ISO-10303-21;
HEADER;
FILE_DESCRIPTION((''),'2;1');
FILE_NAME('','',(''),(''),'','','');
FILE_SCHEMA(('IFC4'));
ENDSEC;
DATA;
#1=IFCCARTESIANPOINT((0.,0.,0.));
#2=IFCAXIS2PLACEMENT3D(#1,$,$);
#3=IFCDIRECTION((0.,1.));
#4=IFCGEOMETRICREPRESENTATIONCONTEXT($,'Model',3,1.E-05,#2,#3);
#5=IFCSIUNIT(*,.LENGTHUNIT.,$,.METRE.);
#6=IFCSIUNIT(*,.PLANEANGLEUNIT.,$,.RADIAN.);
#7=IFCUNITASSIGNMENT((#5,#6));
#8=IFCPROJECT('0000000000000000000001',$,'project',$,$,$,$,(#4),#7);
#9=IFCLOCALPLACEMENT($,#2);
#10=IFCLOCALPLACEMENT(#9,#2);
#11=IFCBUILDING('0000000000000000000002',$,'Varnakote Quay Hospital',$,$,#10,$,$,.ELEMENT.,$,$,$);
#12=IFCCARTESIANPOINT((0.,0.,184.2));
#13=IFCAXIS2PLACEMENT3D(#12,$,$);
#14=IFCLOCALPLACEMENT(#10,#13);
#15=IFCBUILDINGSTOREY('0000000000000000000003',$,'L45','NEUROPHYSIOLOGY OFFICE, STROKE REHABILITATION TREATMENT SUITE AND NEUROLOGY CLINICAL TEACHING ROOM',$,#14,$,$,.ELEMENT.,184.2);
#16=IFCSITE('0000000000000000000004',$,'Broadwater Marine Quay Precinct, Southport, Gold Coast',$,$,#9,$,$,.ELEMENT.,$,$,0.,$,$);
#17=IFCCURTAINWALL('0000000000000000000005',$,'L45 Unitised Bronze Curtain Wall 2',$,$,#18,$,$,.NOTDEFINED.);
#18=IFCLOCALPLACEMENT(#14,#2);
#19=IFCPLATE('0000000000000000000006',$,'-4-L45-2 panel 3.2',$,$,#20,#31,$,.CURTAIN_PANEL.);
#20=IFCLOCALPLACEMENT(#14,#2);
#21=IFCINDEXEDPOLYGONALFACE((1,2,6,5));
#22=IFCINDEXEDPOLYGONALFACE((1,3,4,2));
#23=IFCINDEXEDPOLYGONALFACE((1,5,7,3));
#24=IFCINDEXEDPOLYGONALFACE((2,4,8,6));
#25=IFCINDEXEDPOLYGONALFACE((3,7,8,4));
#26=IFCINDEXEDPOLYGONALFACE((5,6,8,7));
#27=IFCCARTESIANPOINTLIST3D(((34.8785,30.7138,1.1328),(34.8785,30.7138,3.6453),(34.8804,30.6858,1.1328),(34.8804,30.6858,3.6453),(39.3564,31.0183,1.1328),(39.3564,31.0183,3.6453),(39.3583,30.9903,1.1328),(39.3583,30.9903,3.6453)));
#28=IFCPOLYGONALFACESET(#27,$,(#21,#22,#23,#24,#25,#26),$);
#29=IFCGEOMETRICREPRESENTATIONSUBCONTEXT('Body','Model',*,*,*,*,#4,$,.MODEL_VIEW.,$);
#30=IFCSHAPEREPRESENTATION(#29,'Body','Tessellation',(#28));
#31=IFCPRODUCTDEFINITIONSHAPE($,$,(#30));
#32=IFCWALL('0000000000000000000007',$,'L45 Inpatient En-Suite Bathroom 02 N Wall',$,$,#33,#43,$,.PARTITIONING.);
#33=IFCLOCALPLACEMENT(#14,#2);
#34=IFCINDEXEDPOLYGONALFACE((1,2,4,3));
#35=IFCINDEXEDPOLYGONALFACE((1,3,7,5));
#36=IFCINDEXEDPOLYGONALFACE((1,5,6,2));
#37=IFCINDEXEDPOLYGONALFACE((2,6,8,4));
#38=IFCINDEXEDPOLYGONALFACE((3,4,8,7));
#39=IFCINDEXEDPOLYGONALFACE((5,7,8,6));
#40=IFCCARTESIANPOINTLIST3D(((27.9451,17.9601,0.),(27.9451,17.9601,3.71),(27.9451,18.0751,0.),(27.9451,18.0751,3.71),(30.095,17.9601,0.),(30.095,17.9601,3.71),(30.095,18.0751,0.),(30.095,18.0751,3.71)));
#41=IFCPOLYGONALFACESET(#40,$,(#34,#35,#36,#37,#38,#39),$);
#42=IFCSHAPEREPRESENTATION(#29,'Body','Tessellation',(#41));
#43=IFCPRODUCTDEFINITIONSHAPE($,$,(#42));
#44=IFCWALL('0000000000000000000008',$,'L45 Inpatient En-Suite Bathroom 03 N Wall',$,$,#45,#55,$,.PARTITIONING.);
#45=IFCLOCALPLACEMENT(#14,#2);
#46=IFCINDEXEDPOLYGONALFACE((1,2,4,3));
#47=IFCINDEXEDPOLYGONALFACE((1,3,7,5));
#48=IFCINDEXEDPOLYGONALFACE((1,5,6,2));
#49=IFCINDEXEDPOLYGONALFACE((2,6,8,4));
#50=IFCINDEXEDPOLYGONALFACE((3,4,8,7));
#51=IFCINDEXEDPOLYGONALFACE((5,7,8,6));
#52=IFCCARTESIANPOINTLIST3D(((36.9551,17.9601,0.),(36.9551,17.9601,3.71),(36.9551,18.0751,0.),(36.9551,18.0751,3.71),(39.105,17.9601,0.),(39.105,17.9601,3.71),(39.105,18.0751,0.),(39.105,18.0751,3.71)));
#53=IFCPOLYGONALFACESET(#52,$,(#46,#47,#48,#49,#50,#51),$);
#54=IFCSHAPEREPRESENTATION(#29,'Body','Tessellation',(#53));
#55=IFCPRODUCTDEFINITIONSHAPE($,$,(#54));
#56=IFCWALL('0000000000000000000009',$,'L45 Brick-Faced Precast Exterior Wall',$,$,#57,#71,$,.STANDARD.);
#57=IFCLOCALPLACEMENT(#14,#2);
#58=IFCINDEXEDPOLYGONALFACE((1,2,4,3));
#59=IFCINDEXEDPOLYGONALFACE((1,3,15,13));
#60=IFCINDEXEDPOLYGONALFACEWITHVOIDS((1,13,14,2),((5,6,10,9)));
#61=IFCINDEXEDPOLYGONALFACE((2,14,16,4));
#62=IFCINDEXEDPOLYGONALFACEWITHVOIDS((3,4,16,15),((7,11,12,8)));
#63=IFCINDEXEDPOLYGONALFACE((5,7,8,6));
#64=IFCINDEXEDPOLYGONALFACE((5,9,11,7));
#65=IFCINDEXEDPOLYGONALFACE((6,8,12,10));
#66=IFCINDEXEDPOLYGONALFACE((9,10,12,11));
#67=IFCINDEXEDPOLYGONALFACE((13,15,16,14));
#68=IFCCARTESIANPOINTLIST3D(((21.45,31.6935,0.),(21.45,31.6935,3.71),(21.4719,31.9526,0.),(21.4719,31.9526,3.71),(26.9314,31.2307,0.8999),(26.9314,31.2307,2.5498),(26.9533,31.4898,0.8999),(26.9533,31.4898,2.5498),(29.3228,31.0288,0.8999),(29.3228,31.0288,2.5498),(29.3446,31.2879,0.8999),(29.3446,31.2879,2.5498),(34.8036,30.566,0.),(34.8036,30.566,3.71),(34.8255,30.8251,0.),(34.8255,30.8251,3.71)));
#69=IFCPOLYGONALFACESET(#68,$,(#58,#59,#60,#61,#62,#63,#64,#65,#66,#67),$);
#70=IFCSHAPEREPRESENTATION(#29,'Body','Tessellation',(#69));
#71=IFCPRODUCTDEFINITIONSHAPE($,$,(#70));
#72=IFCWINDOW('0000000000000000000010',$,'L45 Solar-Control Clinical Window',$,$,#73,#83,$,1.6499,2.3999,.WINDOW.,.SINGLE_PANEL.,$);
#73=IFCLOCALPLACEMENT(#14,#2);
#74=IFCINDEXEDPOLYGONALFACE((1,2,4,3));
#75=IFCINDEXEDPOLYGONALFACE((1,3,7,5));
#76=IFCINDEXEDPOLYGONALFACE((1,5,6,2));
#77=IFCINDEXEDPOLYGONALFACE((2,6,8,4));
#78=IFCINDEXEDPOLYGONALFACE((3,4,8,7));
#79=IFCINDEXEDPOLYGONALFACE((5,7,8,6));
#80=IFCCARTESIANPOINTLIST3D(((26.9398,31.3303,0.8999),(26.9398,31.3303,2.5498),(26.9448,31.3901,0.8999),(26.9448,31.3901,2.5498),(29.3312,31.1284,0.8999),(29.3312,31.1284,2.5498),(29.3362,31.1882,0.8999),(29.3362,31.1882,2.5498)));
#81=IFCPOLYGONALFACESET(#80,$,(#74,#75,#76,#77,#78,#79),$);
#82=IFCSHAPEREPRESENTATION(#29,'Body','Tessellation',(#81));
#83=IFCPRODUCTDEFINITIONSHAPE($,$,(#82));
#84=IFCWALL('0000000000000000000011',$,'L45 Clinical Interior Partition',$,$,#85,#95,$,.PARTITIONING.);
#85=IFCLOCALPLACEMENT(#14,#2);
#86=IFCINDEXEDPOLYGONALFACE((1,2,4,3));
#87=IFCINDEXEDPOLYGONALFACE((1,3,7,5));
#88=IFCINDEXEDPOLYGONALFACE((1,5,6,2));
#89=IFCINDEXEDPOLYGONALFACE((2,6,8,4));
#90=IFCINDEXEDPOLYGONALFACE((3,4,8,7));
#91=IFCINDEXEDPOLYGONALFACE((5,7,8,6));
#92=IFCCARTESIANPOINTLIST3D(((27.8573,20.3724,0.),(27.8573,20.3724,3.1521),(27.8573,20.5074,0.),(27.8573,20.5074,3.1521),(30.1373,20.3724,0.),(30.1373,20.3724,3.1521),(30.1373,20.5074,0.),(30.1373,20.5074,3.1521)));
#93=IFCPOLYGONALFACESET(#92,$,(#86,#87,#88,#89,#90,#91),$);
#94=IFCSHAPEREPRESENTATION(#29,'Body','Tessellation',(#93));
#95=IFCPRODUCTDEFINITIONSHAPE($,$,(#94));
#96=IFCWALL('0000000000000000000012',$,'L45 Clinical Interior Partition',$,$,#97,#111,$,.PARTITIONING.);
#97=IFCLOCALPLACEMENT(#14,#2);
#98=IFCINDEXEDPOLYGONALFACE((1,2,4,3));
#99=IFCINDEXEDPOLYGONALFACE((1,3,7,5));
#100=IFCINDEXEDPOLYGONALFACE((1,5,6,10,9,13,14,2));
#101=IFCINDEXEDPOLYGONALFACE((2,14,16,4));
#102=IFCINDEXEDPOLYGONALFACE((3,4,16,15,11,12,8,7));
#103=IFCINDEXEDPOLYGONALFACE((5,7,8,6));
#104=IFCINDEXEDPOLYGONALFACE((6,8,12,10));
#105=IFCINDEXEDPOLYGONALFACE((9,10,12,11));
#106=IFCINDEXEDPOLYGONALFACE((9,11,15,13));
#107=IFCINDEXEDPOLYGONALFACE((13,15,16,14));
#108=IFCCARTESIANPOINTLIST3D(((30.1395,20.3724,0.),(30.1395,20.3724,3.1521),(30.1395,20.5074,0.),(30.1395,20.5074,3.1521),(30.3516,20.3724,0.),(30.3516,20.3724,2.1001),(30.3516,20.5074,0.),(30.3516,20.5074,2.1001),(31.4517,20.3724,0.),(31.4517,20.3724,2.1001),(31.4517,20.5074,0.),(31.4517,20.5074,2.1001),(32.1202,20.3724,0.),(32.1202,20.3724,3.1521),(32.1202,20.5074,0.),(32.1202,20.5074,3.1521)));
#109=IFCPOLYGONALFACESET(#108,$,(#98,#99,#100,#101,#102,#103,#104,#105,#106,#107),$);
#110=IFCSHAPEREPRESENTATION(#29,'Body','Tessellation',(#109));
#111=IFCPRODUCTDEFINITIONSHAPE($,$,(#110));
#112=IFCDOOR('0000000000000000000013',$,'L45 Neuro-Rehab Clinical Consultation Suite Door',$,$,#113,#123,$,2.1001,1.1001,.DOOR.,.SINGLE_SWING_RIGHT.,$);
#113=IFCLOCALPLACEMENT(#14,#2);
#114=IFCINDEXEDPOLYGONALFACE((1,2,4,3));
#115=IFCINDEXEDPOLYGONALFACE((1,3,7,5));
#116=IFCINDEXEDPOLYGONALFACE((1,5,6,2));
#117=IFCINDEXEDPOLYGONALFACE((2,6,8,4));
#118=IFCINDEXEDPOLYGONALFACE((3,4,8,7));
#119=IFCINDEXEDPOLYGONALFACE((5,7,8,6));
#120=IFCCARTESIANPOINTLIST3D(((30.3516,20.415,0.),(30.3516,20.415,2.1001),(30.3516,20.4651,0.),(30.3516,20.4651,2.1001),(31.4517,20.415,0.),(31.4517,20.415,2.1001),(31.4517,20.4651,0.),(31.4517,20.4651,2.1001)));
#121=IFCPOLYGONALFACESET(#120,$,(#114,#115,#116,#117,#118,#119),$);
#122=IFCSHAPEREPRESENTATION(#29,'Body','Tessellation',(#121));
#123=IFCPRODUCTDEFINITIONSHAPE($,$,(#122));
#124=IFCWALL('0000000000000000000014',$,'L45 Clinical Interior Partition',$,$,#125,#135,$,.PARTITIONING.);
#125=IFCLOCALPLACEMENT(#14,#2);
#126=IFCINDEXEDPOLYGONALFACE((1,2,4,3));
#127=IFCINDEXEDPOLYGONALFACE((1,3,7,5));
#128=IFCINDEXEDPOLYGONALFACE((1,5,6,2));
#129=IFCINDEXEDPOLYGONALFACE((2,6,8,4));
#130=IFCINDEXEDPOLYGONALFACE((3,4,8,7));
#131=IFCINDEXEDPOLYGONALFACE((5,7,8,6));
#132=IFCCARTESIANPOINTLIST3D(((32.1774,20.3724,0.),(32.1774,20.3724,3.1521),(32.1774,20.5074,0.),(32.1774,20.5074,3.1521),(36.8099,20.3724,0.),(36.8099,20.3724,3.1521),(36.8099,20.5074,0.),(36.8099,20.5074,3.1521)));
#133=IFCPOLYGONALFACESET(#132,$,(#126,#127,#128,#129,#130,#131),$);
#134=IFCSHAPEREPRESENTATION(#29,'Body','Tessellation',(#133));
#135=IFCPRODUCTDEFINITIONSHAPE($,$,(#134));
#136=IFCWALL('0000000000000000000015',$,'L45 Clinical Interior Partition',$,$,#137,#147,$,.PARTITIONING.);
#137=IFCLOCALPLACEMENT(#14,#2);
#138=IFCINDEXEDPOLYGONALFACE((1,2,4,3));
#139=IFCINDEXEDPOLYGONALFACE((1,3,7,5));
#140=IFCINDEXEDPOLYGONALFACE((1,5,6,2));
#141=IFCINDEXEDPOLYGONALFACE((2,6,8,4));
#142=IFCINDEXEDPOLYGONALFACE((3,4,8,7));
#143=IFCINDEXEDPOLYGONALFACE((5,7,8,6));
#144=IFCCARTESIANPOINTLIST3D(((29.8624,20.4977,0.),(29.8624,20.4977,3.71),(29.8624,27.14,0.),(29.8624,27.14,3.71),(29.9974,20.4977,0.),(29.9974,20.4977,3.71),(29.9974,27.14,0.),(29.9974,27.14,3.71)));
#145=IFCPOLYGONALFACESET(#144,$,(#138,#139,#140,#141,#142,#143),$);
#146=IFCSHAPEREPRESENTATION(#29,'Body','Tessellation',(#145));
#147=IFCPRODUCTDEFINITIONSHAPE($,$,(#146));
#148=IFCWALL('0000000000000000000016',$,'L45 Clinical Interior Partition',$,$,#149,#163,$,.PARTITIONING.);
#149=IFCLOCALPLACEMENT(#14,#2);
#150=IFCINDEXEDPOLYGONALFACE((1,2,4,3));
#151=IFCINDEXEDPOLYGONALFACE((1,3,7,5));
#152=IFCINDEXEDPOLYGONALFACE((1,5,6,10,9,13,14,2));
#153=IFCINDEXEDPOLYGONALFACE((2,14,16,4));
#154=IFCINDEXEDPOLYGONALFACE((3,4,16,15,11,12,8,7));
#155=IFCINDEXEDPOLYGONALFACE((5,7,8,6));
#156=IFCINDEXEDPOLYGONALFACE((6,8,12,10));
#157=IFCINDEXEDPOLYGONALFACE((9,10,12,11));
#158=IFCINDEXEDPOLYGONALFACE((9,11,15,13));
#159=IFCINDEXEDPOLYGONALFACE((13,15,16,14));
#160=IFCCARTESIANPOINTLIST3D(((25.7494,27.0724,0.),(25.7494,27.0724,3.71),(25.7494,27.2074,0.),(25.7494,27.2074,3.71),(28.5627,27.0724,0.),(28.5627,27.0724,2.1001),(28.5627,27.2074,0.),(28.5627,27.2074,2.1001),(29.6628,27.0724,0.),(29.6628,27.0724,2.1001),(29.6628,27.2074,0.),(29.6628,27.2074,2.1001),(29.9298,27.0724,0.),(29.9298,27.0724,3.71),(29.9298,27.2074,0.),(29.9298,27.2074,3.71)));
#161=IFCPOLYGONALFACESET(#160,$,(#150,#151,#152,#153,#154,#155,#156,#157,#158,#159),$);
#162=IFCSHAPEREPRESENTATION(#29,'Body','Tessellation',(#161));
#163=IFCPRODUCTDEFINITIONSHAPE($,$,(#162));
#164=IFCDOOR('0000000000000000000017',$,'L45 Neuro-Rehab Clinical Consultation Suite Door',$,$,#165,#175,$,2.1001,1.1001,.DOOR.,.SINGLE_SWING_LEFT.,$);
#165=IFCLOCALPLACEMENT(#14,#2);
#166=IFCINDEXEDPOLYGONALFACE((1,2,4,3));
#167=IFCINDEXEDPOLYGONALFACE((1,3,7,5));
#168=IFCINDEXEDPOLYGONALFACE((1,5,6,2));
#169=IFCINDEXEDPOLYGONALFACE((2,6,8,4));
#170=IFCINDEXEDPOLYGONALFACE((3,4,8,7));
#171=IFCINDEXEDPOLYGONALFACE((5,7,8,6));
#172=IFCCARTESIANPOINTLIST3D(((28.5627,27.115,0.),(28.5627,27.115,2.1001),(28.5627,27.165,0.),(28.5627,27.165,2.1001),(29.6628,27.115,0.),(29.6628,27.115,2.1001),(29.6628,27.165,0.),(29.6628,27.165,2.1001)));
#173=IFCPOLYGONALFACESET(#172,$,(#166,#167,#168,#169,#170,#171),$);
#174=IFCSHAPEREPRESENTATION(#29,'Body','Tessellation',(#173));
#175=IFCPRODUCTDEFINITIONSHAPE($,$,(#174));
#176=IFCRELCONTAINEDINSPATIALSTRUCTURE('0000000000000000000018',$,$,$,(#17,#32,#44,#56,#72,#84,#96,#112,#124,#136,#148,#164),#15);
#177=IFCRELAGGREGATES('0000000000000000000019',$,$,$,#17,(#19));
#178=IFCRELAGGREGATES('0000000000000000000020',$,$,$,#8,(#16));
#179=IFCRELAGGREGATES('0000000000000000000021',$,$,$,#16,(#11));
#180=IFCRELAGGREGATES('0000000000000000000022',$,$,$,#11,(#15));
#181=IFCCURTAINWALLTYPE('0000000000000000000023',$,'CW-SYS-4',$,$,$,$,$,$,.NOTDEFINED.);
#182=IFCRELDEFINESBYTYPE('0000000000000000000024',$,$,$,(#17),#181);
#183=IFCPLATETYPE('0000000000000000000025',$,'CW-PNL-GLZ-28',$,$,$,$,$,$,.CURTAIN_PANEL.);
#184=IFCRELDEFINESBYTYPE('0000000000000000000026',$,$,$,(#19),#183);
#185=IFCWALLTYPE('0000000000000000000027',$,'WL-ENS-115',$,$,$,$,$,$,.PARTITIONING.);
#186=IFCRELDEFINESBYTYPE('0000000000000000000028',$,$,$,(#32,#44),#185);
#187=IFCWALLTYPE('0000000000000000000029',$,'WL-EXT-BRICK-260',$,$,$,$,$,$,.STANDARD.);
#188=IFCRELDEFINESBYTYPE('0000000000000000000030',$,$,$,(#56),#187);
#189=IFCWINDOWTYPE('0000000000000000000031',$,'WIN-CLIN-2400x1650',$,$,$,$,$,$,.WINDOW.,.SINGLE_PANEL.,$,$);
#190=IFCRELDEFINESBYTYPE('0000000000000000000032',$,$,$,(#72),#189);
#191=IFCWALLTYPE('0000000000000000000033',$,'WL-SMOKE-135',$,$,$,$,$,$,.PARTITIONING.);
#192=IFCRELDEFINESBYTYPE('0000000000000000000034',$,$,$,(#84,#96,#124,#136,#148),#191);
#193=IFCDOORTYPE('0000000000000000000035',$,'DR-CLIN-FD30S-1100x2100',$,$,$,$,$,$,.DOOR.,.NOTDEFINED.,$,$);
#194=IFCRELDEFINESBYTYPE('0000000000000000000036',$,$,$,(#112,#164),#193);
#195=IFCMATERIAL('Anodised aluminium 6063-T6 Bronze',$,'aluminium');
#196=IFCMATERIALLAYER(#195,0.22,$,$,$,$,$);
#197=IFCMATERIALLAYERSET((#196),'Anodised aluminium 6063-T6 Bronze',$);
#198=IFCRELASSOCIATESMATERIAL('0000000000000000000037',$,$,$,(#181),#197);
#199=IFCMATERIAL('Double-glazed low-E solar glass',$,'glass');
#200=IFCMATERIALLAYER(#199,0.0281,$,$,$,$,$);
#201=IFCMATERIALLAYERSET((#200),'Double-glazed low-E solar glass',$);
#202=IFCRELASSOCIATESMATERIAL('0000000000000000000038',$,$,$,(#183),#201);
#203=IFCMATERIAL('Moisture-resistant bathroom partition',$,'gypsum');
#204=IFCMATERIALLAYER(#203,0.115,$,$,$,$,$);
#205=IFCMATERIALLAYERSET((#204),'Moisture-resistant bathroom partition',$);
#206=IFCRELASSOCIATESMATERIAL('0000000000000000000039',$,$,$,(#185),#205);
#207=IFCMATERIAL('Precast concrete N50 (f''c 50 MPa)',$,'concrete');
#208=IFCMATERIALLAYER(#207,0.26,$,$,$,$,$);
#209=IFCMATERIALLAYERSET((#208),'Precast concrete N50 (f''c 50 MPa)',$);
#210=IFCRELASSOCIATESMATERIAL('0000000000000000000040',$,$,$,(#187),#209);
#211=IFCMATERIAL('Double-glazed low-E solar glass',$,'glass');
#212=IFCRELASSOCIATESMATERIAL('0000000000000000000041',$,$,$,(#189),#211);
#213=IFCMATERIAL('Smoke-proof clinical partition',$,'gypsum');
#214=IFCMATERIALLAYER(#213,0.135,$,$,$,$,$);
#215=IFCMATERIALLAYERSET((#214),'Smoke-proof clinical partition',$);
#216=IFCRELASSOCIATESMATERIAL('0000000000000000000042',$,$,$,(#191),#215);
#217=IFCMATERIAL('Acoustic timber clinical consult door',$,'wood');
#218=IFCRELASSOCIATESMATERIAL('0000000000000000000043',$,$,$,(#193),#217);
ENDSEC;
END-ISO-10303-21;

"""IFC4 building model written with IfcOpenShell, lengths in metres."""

from ifc_helpers import new_model, si_unit, direction, frame, frame_2d, origin, origin_2d, place, context, subcontext, project, spatial, rectangle, extrude, material, layer, layer_set, type_object, element, fill, aggregate, save


model = new_model("IFC4")

# Units and contexts
model_context = context("Model", 3, precision=1e-05, world=origin(), true_north=direction((0.0, 1.0)))
body_context = subcontext(model_context, "Body", "Model", "MODEL_VIEW")
ifc_project = project(units=[si_unit("LENGTHUNIT", "METRE"), si_unit("PLANEANGLEUNIT", "RADIAN")], contexts=[model_context])

# Site, building, storey
site_placement = place(None, origin())
site = spatial("IfcSite", under=ifc_project, at=site_placement, Name="Broadwater Marine Quay Precinct, Southport, Gold Coast", CompositionType="ELEMENT", RefElevation=0.0)
building_placement = place(site_placement, origin())
building = spatial("IfcBuilding", under=site, at=building_placement, Name="Varnakote Quay Hospital", CompositionType="ELEMENT")
storey_placement = place(building_placement, frame((0.0, 0.0, 184.2)))
storey = spatial("IfcBuildingStorey", under=building, at=storey_placement, Name="L45", Description="NEUROPHYSIOLOGY OFFICE, STROKE REHABILITATION TREATMENT SUITE AND NEUROLOGY CLINICAL TEACHING ROOM", CompositionType="ELEMENT", Elevation=184.2)

# Curtain wall
ifc_material_1 = material(Name="Anodised aluminium 6063-T6 Bronze", Category="aluminium")
ifc_layer_1 = layer(ifc_material_1, 0.22)
ifc_layer_set_1 = layer_set([ifc_layer_1], Name="Anodised aluminium 6063-T6 Bronze")
curtain_wall_type = type_object("IfcCurtainWallType", Name="CW-SYS-4", PredefinedType="NOTDEFINED", material=ifc_layer_set_1)
curtain_wall_placement = place(storey_placement, origin())
curtain_wall = element("IfcCurtainWall", 1, at=curtain_wall_placement, inside=storey, type_object=curtain_wall_type, Name="L45 Unitised Bronze Curtain Wall 2", PredefinedType="NOTDEFINED")

# Plate
ifc_material_2 = material(Name="Double-glazed low-E solar glass", Category="glass")
ifc_layer_2 = layer(ifc_material_2, 0.0281)
ifc_layer_set_2 = layer_set([ifc_layer_2], Name="Double-glazed low-E solar glass")
plate_type = type_object("IfcPlateType", Name="CW-PNL-GLZ-28", PredefinedType="CURTAIN_PANEL", material=ifc_layer_set_2)
plate_1_placement = place(storey_placement, frame((37.1184, 30.8521, 1.1328), z_axis=(0.0, 0.0, 1.0), x_axis=(-0.997696, -0.067842, 0.0)))
plate_1 = element("IfcPlate", 2, at=plate_1_placement, type_object=plate_type, Name="-4-L45-2 panel 3.2", PredefinedType="CURTAIN_PANEL", context=body_context, shape_type="SweptSolid", body=[
    extrude(rectangle(XDim=4.4883, YDim=0.0281, at=origin_2d()), origin(), (0.0, 0.0, 1.0), 2.5125),
])
aggregate(curtain_wall, [plate_1])

# Walls
ifc_material_3 = material(Name="Moisture-resistant bathroom partition", Category="gypsum")
ifc_layer_3 = layer(ifc_material_3, 0.115)
ifc_layer_set_3 = layer_set([ifc_layer_3], Name="Moisture-resistant bathroom partition")
wall_type_1 = type_object("IfcWallType", Name="WL-ENS-115", PredefinedType="PARTITIONING", material=ifc_layer_set_3)
for number, where, z_axis, x_axis, name in (
    (3, (27.9451, 18.0176, 0.0), (0.0, 0.0, 1.0), (1.0, 0.0, 0.0), "L45 Inpatient En-Suite Bathroom 02 N Wall"),
    (4, (36.9551, 18.0176, 0.0), (0.0, 0.0, 1.0), (1.0, 0.0, 0.0), "L45 Inpatient En-Suite Bathroom 03 N Wall"),
):
    element("IfcWall", number, at=place(storey_placement, frame(where, z_axis=z_axis, x_axis=x_axis)), inside=storey, type_object=wall_type_1, Name=name, PredefinedType="PARTITIONING", context=body_context, shape_type="SweptSolid", body=[
        extrude(rectangle(XDim=2.1499, YDim=0.115, at=frame_2d((1.075, 0.0))), origin(), (0.0, 0.0, 1.0), 3.71),
    ])

# Wall, opening, window
ifc_material_4 = material(Name="Precast concrete N50 (f'c 50 MPa)", Category="concrete")
ifc_layer_4 = layer(ifc_material_4, 0.26)
ifc_layer_set_4 = layer_set([ifc_layer_4], Name="Precast concrete N50 (f'c 50 MPa)")
wall_type_2 = type_object("IfcWallType", Name="WL-EXT-BRICK-260", PredefinedType="STANDARD", material=ifc_layer_set_4)
wall_1_placement = place(storey_placement, frame((34.8147, 30.6956, 0.0), z_axis=(0.0, 0.0, 1.0), x_axis=(-0.996455, 0.084131, 0.0)))
wall_1 = element("IfcWall", 5, at=wall_1_placement, inside=storey, type_object=wall_type_2, Name="L45 Brick-Faced Precast Exterior Wall", PredefinedType="STANDARD", context=body_context, shape_type="SweptSolid", body=[
    extrude(rectangle(XDim=13.4011, YDim=0.26, at=frame_2d((6.7007, 0.0))), origin(), (0.0, 0.0, 1.0), 3.71),
])
opening_1_placement = place(wall_1_placement, frame((5.5005, 0.0, 0.8999)))
opening_1 = element("IfcOpeningElement", 6, at=opening_1_placement, cuts=wall_1, PredefinedType="OPENING", context=body_context, shape_type="SweptSolid", body=[
    extrude(rectangle(XDim=2.3999, YDim=1.6499, at=frame_2d((1.2, 0.825))), frame((0.0, 0.1399, 0.0), z_axis=(0.0, -1.0, 0.0), x_axis=(1.0, 0.0, 0.0)), (0.0, 0.0, 1.0), 0.28),
])
ifc_material_5 = material(Name="Double-glazed low-E solar glass", Category="glass")
window_type = type_object("IfcWindowType", Name="WIN-CLIN-2400x1650", PartitioningType="SINGLE_PANEL", PredefinedType="WINDOW", material=ifc_material_5)
window_placement = place(opening_1_placement, origin())
window = element("IfcWindow", 7, at=window_placement, inside=storey, type_object=window_type, Name="L45 Solar-Control Clinical Window", OverallHeight=1.6499, OverallWidth=2.3999, PartitioningType="SINGLE_PANEL", PredefinedType="WINDOW", context=body_context, shape_type="SweptSolid", body=[
    extrude(rectangle(XDim=2.3999, YDim=1.6499, at=frame_2d((1.2, 0.825))), frame((0.0, 0.03, 0.0), z_axis=(0.0, -1.0, 0.0), x_axis=(1.0, 0.0, 0.0)), (0.0, 0.0, 1.0), 0.0601),
])
fill(opening_1, window)

# Wall
ifc_material_6 = material(Name="Smoke-proof clinical partition", Category="gypsum")
ifc_layer_5 = layer(ifc_material_6, 0.135)
ifc_layer_set_5 = layer_set([ifc_layer_5], Name="Smoke-proof clinical partition")
wall_type_3 = type_object("IfcWallType", Name="WL-SMOKE-135", PredefinedType="PARTITIONING", material=ifc_layer_set_5)
wall_2_placement = place(storey_placement, frame((30.1375, 20.4399, 0.0), z_axis=(0.0, 0.0, 1.0), x_axis=(-1.0, 0.0, 0.0)))
element("IfcWall", 8, at=wall_2_placement, inside=storey, type_object=wall_type_3, Name="L45 Clinical Interior Partition", PredefinedType="PARTITIONING", context=body_context, shape_type="SweptSolid", body=[
    extrude(rectangle(XDim=2.28, YDim=0.135, at=frame_2d((1.1401, 0.0))), origin(), (0.0, 0.0, 1.0), 3.1521),
])

# Wall, opening, door
wall_3_placement = place(storey_placement, frame((32.1201, 20.4399, 0.0), z_axis=(0.0, 0.0, 1.0), x_axis=(-1.0, 0.0, 0.0)))
wall_3 = element("IfcWall", 9, at=wall_3_placement, inside=storey, type_object=wall_type_3, Name="L45 Clinical Interior Partition", PredefinedType="PARTITIONING", context=body_context, shape_type="SweptSolid", body=[
    extrude(rectangle(XDim=1.9807, YDim=0.135, at=frame_2d((0.9902, 0.0))), origin(), (0.0, 0.0, 1.0), 3.1521),
])
opening_2_placement = place(wall_3_placement, frame((0.6685, 0.0, 0.0)))
opening_2 = element("IfcOpeningElement", 10, at=opening_2_placement, cuts=wall_3, PredefinedType="OPENING", context=body_context, shape_type="SweptSolid", body=[
    extrude(rectangle(XDim=1.1001, YDim=2.1001, at=frame_2d((0.55, 1.05))), frame((0.0, 0.0774, 0.0), z_axis=(0.0, -1.0, 0.0), x_axis=(1.0, 0.0, 0.0)), (0.0, 0.0, 1.0), 0.155),
])
ifc_material_7 = material(Name="Acoustic timber clinical consult door", Category="wood")
door_type = type_object("IfcDoorType", Name="DR-CLIN-FD30S-1100x2100", OperationType="NOTDEFINED", PredefinedType="DOOR", material=ifc_material_7)
door_1_placement = place(opening_2_placement, origin())
door_1 = element("IfcDoor", 11, at=door_1_placement, inside=storey, type_object=door_type, Name="L45 Neuro-Rehab Clinical Consultation Suite Door", OperationType="SINGLE_SWING_RIGHT", OverallHeight=2.1001, OverallWidth=1.1001, PredefinedType="DOOR", context=body_context, shape_type="SweptSolid", body=[
    extrude(rectangle(XDim=1.1001, YDim=2.1001, at=frame_2d((0.55, 1.05))), frame((0.0, 0.0249, 0.0), z_axis=(0.0, -1.0, 0.0), x_axis=(1.0, 0.0, 0.0)), (0.0, 0.0, 1.0), 0.05),
])
fill(opening_2, door_1)

# Walls
wall_4_placement = place(storey_placement, frame((36.8101, 20.4399, 0.0), z_axis=(0.0, 0.0, 1.0), x_axis=(-1.0, 0.0, 0.0)))
element("IfcWall", 12, at=wall_4_placement, inside=storey, type_object=wall_type_3, Name="L45 Clinical Interior Partition", PredefinedType="PARTITIONING", context=body_context, shape_type="SweptSolid", body=[
    extrude(rectangle(XDim=4.6326, YDim=0.135, at=frame_2d((2.3164, 0.0))), origin(), (0.0, 0.0, 1.0), 3.1521),
])
wall_5_placement = place(storey_placement, frame((29.9299, 20.4976, 0.0), z_axis=(0.0, 0.0, 1.0), x_axis=(0.0, 1.0, 0.0)))
element("IfcWall", 13, at=wall_5_placement, inside=storey, type_object=wall_type_3, Name="L45 Clinical Interior Partition", PredefinedType="PARTITIONING", context=body_context, shape_type="SweptSolid", body=[
    extrude(rectangle(XDim=6.6423, YDim=0.135, at=frame_2d((3.3213, 0.0))), origin(), (0.0, 0.0, 1.0), 3.71),
])

# Wall, opening, door
wall_6_placement = place(storey_placement, frame((29.9299, 27.1399, 0.0), z_axis=(0.0, 0.0, 1.0), x_axis=(-1.0, 0.0, 0.0)))
wall_6 = element("IfcWall", 14, at=wall_6_placement, inside=storey, type_object=wall_type_3, Name="L45 Clinical Interior Partition", PredefinedType="PARTITIONING", context=body_context, shape_type="SweptSolid", body=[
    extrude(rectangle(XDim=4.1804, YDim=0.135, at=frame_2d((2.0903, 0.0))), origin(), (0.0, 0.0, 1.0), 3.71),
])
opening_3_placement = place(wall_6_placement, frame((0.2671, 0.0, 0.0)))
opening_3 = element("IfcOpeningElement", 15, at=opening_3_placement, cuts=wall_6, PredefinedType="OPENING", context=body_context, shape_type="SweptSolid", body=[
    extrude(rectangle(XDim=1.1001, YDim=2.1001, at=frame_2d((0.55, 1.05))), frame((0.0, 0.0774, 0.0), z_axis=(0.0, -1.0, 0.0), x_axis=(1.0, 0.0, 0.0)), (0.0, 0.0, 1.0), 0.155),
])
door_2_placement = place(opening_3_placement, origin())
door_2 = element("IfcDoor", 16, at=door_2_placement, inside=storey, type_object=door_type, Name="L45 Neuro-Rehab Clinical Consultation Suite Door", OperationType="SINGLE_SWING_LEFT", OverallHeight=2.1001, OverallWidth=1.1001, PredefinedType="DOOR", context=body_context, shape_type="SweptSolid", body=[
    extrude(rectangle(XDim=1.1001, YDim=2.1001, at=frame_2d((0.55, 1.05))), frame((0.0, 0.0249, 0.0), z_axis=(0.0, -1.0, 0.0), x_axis=(1.0, 0.0, 0.0)), (0.0, 0.0, 1.0), 0.05),
])
fill(opening_3, door_2)

save(model, "model.ifc")
